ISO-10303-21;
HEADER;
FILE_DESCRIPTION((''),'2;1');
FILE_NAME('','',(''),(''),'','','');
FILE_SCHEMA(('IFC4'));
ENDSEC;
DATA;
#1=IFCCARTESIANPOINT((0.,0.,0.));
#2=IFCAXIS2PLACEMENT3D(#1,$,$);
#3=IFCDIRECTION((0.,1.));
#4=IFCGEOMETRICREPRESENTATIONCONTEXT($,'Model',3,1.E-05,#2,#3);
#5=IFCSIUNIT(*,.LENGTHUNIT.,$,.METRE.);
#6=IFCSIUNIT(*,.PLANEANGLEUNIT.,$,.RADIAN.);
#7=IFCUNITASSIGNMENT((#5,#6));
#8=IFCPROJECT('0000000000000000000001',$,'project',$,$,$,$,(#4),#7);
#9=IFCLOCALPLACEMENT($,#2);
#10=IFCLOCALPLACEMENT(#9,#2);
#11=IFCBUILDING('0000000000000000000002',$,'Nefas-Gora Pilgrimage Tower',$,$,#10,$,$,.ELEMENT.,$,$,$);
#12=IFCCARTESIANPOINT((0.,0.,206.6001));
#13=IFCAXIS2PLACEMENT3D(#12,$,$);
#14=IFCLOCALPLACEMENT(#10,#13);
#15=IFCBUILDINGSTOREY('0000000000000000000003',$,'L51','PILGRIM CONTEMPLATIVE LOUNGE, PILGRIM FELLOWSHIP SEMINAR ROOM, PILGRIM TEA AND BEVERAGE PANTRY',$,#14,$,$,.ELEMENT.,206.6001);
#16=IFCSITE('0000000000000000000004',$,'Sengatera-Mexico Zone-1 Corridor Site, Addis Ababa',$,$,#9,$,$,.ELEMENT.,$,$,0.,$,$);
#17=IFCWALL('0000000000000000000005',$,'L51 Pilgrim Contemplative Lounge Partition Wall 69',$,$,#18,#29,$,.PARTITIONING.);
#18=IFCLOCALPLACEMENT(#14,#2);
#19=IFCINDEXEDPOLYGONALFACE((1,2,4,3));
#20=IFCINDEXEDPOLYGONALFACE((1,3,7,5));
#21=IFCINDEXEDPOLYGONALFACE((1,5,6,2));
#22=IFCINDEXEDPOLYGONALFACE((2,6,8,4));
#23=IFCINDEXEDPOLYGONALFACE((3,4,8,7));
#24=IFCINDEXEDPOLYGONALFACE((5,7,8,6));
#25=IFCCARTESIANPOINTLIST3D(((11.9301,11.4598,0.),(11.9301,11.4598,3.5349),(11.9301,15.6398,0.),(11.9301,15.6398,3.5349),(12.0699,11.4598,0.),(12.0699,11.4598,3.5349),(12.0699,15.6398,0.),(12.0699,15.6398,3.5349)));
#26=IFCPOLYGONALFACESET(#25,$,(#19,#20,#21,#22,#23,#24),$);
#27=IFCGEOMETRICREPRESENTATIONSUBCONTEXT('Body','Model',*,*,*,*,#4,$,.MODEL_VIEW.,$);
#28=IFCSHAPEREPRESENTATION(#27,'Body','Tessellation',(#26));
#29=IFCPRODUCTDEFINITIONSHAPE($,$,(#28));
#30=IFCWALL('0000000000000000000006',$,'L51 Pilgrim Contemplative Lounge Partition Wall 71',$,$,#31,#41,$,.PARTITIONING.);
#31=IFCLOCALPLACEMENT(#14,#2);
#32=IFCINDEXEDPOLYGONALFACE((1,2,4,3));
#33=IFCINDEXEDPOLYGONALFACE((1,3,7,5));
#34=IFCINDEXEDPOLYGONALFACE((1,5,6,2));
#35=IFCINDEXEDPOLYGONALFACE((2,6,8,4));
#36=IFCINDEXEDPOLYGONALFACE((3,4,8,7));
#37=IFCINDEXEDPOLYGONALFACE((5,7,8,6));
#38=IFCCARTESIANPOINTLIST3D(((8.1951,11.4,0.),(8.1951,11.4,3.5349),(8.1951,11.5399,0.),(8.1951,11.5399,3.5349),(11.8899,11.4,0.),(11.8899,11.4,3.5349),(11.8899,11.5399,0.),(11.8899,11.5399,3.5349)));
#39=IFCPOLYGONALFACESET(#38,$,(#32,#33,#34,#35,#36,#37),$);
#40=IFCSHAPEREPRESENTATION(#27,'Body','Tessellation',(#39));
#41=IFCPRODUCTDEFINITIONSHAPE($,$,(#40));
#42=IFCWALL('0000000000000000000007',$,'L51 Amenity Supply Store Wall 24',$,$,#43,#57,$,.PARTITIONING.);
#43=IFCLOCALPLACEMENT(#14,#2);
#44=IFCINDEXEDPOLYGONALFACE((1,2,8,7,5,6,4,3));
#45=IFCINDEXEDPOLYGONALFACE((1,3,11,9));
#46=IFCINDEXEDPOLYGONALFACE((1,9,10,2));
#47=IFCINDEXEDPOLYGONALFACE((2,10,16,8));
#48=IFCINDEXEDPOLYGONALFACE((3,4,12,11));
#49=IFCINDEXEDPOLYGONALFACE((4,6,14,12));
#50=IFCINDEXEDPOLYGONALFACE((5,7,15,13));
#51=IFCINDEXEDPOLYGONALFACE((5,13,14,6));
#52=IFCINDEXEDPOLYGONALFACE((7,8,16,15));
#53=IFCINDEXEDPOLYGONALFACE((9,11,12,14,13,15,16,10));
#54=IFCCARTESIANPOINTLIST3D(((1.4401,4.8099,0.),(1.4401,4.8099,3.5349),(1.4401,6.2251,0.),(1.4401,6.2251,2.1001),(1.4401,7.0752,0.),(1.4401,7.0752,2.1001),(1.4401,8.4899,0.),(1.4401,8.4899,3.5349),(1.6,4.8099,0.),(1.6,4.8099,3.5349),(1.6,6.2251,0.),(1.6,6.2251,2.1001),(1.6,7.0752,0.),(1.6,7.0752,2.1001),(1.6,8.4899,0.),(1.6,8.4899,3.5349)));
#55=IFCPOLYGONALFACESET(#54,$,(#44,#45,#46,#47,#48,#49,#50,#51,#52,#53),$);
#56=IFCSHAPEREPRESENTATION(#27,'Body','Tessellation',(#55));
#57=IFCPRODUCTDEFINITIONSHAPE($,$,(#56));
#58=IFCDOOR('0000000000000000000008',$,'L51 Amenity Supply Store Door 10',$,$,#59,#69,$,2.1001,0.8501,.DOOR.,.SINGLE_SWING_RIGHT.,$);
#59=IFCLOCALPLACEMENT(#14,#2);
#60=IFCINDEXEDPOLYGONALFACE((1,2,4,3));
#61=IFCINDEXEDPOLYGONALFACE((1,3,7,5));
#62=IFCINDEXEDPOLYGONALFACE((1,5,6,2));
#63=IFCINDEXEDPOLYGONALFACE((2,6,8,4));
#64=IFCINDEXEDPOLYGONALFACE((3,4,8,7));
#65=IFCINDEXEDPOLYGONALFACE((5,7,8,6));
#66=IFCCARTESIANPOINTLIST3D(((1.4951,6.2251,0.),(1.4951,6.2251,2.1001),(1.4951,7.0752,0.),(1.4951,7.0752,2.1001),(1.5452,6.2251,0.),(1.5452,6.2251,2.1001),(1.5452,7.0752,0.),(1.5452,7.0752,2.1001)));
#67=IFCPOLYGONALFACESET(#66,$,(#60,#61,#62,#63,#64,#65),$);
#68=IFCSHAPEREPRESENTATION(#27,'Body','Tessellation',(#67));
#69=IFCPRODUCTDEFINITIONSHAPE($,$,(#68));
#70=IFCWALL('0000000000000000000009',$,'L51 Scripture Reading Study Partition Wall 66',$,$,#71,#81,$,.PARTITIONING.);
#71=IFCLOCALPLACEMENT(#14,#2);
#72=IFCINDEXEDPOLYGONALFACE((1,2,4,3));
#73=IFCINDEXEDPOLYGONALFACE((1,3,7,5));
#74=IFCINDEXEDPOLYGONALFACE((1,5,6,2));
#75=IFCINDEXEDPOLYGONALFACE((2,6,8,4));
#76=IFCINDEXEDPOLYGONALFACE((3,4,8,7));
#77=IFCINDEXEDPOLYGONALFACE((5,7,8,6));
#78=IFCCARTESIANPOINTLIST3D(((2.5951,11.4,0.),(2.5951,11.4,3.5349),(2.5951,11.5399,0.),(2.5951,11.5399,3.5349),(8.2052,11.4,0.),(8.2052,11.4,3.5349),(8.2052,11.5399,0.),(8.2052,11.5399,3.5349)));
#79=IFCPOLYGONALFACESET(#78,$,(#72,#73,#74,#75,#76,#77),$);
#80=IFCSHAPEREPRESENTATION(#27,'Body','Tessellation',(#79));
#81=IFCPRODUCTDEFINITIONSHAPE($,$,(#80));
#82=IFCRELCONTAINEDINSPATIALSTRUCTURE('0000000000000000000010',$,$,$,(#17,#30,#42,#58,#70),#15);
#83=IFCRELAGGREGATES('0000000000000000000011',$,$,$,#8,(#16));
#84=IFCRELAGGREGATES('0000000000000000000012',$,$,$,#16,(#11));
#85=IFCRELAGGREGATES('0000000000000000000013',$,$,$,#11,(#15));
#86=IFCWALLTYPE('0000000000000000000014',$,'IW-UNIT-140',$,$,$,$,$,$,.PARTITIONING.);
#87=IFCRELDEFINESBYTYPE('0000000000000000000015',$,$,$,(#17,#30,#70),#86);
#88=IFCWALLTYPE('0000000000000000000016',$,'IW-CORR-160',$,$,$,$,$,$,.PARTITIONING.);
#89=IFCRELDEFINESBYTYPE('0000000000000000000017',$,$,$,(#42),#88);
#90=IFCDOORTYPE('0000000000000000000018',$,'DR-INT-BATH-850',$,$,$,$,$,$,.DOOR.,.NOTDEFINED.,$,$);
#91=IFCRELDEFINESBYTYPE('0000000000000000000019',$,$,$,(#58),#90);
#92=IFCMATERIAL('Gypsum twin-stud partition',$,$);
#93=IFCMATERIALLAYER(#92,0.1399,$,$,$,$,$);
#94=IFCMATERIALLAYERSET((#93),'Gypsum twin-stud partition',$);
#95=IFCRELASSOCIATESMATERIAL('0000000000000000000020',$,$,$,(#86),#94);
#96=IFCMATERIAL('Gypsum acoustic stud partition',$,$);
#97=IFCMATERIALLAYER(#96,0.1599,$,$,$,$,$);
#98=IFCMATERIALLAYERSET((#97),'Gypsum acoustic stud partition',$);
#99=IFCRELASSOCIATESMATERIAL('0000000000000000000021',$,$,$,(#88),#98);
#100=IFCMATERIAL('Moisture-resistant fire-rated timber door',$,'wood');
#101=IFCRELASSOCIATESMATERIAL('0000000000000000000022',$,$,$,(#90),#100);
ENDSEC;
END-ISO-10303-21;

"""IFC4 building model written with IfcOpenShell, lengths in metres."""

from ifc_helpers import new_model, si_unit, direction, frame, frame_2d, origin, place, context, subcontext, project, spatial, rectangle, extrude, source, transform, mapped, material, layer, layer_set, type_object, element, fill, save


model = new_model("IFC4")

# Units and contexts
model_context = context("Model", 3, precision=1e-05, world=origin(), true_north=direction((0.0, 1.0)))
body_context = subcontext(model_context, "Body", "Model", "MODEL_VIEW")
ifc_project = project(units=[si_unit("LENGTHUNIT", "METRE"), si_unit("PLANEANGLEUNIT", "RADIAN")], contexts=[model_context])

# Site, building, storey
site_placement = place(None, origin())
site = spatial("IfcSite", under=ifc_project, at=site_placement, Name="Sengatera-Mexico Zone-1 Corridor Site, Addis Ababa", CompositionType="ELEMENT", RefElevation=0.0)
building_placement = place(site_placement, origin())
building = spatial("IfcBuilding", under=site, at=building_placement, Name="Nefas-Gora Pilgrimage Tower", CompositionType="ELEMENT")
storey_placement = place(building_placement, frame((0.0, 0.0, 206.6001)))
storey = spatial("IfcBuildingStorey", under=building, at=storey_placement, Name="L51", Description="PILGRIM CONTEMPLATIVE LOUNGE, PILGRIM FELLOWSHIP SEMINAR ROOM, PILGRIM TEA AND BEVERAGE PANTRY", CompositionType="ELEMENT", Elevation=206.6001)

# Shared definitions
ifc_material_1 = material(Name="Gypsum twin-stud partition")
ifc_layer_1 = layer(ifc_material_1, 0.1399)
ifc_layer_set_1 = layer_set([ifc_layer_1], Name="Gypsum twin-stud partition")
wall_type_1 = type_object("IfcWallType", Name="IW-UNIT-140", PredefinedType="PARTITIONING", material=ifc_layer_set_1)

# Shared definitions
ifc_material_2 = material(Name="Gypsum acoustic stud partition")
ifc_layer_2 = layer(ifc_material_2, 0.1599)
ifc_layer_set_2 = layer_set([ifc_layer_2], Name="Gypsum acoustic stud partition")
wall_type_2 = type_object("IfcWallType", Name="IW-CORR-160", PredefinedType="PARTITIONING", material=ifc_layer_set_2)

# Walls
shared_shape_1 = source(origin(), body_context, "Body", "SweptSolid", [
    extrude(rectangle(XDim=4.1799, YDim=0.1399, at=frame_2d((2.0898, 0.0))), origin(), (0.0, 0.0, 1.0), 3.5349),
])
wall_1_placement = place(storey_placement, frame((12.0, 11.46, 0.0), z_axis=(0.0, 0.0, 1.0), x_axis=(0.0, 1.0, 0.0)))
element("IfcWall", 1, at=wall_1_placement, inside=storey, type_object=wall_type_1, Name="L51 Pilgrim Contemplative Lounge Partition Wall 69", PredefinedType="PARTITIONING", context=body_context, shape_type="MappedRepresentation", body=[
    mapped(shared_shape_1, transform((0.0, 0.0, 0.0), x_axis=(1.0, 0.0, 0.0), y_axis=(0.0, 1.0, 0.0), z_axis=(0.0, 0.0, 1.0), scale=1.0)),
])
shared_shape_2 = source(origin(), body_context, "Body", "SweptSolid", [
    extrude(rectangle(XDim=3.6948, YDim=0.1399, at=frame_2d((1.8474, 0.0))), origin(), (0.0, 0.0, 1.0), 3.5349),
])
wall_2_placement = place(storey_placement, frame((8.1951, 11.47, 0.0), z_axis=(0.0, 0.0, 1.0), x_axis=(1.0, 0.0, 0.0)))
element("IfcWall", 2, at=wall_2_placement, inside=storey, type_object=wall_type_1, Name="L51 Pilgrim Contemplative Lounge Partition Wall 71", PredefinedType="PARTITIONING", context=body_context, shape_type="MappedRepresentation", body=[
    mapped(shared_shape_2, transform((0.0, 0.0, 0.0), x_axis=(1.0, 0.0, 0.0), y_axis=(0.0, 1.0, 0.0), z_axis=(0.0, 0.0, 1.0), scale=1.0)),
])

# Wall, opening, door
shared_shape_3 = source(origin(), body_context, "Body", "SweptSolid", [
    extrude(rectangle(XDim=3.6799, YDim=0.1599, at=frame_2d((1.8398, 0.0))), origin(), (0.0, 0.0, 1.0), 3.5349),
])
wall_3_placement = place(storey_placement, frame((1.52, 4.8101, 0.0), z_axis=(0.0, 0.0, 1.0), x_axis=(0.0, 1.0, 0.0)))
wall_3 = element("IfcWall", 3, at=wall_3_placement, inside=storey, type_object=wall_type_2, Name="L51 Amenity Supply Store Wall 24", PredefinedType="PARTITIONING", context=body_context, shape_type="MappedRepresentation", body=[
    mapped(shared_shape_3, transform((0.0, 0.0, 0.0), x_axis=(1.0, 0.0, 0.0), y_axis=(0.0, 1.0, 0.0), z_axis=(0.0, 0.0, 1.0), scale=1.0)),
])
opening_1_placement = place(wall_3_placement, frame((1.415, 0.0, 0.0)))
opening_1 = element("IfcOpeningElement", 4, at=opening_1_placement, cuts=wall_3, PredefinedType="OPENING", context=body_context, shape_type="SweptSolid", body=[
    extrude(rectangle(XDim=0.8501, YDim=2.1001, at=frame_2d((0.425, 1.05))), frame((0.0, 0.0898, 0.0), z_axis=(0.0, -1.0, 0.0), x_axis=(1.0, 0.0, 0.0)), (0.0, 0.0, 1.0), 0.1799),
])
ifc_material_3 = material(Name="Moisture-resistant fire-rated timber door", Category="wood")
door_type_1 = type_object("IfcDoorType", Name="DR-INT-BATH-850", OperationType="NOTDEFINED", PredefinedType="DOOR", material=ifc_material_3)
shared_shape_4 = source(origin(), body_context, "Body", "SweptSolid", [
    extrude(rectangle(XDim=0.8501, YDim=2.1001, at=frame_2d((0.425, 1.05))), frame((0.0, 0.0249, 0.0), z_axis=(0.0, -1.0, 0.0), x_axis=(1.0, 0.0, 0.0)), (0.0, 0.0, 1.0), 0.05),
])
door_1_placement = place(opening_1_placement, origin())
door_1 = element("IfcDoor", 5, at=door_1_placement, inside=storey, type_object=door_type_1, Name="L51 Amenity Supply Store Door 10", OperationType="SINGLE_SWING_RIGHT", OverallHeight=2.1001, OverallWidth=0.8501, PredefinedType="DOOR", context=body_context, shape_type="MappedRepresentation", body=[
    mapped(shared_shape_4, transform((0.0, 0.0, 0.0), x_axis=(1.0, 0.0, 0.0), y_axis=(0.0, 1.0, 0.0), z_axis=(0.0, 0.0, 1.0), scale=1.0)),
])
fill(opening_1, door_1)

# Wall
shared_shape_5 = source(origin(), body_context, "Body", "SweptSolid", [
    extrude(rectangle(XDim=5.6101, YDim=0.1399, at=frame_2d((2.8052, 0.0))), origin(), (0.0, 0.0, 1.0), 3.5349),
])
wall_4_placement = place(storey_placement, frame((2.595, 11.47, 0.0), z_axis=(0.0, 0.0, 1.0), x_axis=(1.0, 0.0, 0.0)))
element("IfcWall", 6, at=wall_4_placement, inside=storey, type_object=wall_type_1, Name="L51 Scripture Reading Study Partition Wall 66", PredefinedType="PARTITIONING", context=body_context, shape_type="MappedRepresentation", body=[
    mapped(shared_shape_5, transform((0.0, 0.0, 0.0), x_axis=(1.0, 0.0, 0.0), y_axis=(0.0, 1.0, 0.0), z_axis=(0.0, 0.0, 1.0), scale=1.0)),
])

save(model, "model.ifc")
